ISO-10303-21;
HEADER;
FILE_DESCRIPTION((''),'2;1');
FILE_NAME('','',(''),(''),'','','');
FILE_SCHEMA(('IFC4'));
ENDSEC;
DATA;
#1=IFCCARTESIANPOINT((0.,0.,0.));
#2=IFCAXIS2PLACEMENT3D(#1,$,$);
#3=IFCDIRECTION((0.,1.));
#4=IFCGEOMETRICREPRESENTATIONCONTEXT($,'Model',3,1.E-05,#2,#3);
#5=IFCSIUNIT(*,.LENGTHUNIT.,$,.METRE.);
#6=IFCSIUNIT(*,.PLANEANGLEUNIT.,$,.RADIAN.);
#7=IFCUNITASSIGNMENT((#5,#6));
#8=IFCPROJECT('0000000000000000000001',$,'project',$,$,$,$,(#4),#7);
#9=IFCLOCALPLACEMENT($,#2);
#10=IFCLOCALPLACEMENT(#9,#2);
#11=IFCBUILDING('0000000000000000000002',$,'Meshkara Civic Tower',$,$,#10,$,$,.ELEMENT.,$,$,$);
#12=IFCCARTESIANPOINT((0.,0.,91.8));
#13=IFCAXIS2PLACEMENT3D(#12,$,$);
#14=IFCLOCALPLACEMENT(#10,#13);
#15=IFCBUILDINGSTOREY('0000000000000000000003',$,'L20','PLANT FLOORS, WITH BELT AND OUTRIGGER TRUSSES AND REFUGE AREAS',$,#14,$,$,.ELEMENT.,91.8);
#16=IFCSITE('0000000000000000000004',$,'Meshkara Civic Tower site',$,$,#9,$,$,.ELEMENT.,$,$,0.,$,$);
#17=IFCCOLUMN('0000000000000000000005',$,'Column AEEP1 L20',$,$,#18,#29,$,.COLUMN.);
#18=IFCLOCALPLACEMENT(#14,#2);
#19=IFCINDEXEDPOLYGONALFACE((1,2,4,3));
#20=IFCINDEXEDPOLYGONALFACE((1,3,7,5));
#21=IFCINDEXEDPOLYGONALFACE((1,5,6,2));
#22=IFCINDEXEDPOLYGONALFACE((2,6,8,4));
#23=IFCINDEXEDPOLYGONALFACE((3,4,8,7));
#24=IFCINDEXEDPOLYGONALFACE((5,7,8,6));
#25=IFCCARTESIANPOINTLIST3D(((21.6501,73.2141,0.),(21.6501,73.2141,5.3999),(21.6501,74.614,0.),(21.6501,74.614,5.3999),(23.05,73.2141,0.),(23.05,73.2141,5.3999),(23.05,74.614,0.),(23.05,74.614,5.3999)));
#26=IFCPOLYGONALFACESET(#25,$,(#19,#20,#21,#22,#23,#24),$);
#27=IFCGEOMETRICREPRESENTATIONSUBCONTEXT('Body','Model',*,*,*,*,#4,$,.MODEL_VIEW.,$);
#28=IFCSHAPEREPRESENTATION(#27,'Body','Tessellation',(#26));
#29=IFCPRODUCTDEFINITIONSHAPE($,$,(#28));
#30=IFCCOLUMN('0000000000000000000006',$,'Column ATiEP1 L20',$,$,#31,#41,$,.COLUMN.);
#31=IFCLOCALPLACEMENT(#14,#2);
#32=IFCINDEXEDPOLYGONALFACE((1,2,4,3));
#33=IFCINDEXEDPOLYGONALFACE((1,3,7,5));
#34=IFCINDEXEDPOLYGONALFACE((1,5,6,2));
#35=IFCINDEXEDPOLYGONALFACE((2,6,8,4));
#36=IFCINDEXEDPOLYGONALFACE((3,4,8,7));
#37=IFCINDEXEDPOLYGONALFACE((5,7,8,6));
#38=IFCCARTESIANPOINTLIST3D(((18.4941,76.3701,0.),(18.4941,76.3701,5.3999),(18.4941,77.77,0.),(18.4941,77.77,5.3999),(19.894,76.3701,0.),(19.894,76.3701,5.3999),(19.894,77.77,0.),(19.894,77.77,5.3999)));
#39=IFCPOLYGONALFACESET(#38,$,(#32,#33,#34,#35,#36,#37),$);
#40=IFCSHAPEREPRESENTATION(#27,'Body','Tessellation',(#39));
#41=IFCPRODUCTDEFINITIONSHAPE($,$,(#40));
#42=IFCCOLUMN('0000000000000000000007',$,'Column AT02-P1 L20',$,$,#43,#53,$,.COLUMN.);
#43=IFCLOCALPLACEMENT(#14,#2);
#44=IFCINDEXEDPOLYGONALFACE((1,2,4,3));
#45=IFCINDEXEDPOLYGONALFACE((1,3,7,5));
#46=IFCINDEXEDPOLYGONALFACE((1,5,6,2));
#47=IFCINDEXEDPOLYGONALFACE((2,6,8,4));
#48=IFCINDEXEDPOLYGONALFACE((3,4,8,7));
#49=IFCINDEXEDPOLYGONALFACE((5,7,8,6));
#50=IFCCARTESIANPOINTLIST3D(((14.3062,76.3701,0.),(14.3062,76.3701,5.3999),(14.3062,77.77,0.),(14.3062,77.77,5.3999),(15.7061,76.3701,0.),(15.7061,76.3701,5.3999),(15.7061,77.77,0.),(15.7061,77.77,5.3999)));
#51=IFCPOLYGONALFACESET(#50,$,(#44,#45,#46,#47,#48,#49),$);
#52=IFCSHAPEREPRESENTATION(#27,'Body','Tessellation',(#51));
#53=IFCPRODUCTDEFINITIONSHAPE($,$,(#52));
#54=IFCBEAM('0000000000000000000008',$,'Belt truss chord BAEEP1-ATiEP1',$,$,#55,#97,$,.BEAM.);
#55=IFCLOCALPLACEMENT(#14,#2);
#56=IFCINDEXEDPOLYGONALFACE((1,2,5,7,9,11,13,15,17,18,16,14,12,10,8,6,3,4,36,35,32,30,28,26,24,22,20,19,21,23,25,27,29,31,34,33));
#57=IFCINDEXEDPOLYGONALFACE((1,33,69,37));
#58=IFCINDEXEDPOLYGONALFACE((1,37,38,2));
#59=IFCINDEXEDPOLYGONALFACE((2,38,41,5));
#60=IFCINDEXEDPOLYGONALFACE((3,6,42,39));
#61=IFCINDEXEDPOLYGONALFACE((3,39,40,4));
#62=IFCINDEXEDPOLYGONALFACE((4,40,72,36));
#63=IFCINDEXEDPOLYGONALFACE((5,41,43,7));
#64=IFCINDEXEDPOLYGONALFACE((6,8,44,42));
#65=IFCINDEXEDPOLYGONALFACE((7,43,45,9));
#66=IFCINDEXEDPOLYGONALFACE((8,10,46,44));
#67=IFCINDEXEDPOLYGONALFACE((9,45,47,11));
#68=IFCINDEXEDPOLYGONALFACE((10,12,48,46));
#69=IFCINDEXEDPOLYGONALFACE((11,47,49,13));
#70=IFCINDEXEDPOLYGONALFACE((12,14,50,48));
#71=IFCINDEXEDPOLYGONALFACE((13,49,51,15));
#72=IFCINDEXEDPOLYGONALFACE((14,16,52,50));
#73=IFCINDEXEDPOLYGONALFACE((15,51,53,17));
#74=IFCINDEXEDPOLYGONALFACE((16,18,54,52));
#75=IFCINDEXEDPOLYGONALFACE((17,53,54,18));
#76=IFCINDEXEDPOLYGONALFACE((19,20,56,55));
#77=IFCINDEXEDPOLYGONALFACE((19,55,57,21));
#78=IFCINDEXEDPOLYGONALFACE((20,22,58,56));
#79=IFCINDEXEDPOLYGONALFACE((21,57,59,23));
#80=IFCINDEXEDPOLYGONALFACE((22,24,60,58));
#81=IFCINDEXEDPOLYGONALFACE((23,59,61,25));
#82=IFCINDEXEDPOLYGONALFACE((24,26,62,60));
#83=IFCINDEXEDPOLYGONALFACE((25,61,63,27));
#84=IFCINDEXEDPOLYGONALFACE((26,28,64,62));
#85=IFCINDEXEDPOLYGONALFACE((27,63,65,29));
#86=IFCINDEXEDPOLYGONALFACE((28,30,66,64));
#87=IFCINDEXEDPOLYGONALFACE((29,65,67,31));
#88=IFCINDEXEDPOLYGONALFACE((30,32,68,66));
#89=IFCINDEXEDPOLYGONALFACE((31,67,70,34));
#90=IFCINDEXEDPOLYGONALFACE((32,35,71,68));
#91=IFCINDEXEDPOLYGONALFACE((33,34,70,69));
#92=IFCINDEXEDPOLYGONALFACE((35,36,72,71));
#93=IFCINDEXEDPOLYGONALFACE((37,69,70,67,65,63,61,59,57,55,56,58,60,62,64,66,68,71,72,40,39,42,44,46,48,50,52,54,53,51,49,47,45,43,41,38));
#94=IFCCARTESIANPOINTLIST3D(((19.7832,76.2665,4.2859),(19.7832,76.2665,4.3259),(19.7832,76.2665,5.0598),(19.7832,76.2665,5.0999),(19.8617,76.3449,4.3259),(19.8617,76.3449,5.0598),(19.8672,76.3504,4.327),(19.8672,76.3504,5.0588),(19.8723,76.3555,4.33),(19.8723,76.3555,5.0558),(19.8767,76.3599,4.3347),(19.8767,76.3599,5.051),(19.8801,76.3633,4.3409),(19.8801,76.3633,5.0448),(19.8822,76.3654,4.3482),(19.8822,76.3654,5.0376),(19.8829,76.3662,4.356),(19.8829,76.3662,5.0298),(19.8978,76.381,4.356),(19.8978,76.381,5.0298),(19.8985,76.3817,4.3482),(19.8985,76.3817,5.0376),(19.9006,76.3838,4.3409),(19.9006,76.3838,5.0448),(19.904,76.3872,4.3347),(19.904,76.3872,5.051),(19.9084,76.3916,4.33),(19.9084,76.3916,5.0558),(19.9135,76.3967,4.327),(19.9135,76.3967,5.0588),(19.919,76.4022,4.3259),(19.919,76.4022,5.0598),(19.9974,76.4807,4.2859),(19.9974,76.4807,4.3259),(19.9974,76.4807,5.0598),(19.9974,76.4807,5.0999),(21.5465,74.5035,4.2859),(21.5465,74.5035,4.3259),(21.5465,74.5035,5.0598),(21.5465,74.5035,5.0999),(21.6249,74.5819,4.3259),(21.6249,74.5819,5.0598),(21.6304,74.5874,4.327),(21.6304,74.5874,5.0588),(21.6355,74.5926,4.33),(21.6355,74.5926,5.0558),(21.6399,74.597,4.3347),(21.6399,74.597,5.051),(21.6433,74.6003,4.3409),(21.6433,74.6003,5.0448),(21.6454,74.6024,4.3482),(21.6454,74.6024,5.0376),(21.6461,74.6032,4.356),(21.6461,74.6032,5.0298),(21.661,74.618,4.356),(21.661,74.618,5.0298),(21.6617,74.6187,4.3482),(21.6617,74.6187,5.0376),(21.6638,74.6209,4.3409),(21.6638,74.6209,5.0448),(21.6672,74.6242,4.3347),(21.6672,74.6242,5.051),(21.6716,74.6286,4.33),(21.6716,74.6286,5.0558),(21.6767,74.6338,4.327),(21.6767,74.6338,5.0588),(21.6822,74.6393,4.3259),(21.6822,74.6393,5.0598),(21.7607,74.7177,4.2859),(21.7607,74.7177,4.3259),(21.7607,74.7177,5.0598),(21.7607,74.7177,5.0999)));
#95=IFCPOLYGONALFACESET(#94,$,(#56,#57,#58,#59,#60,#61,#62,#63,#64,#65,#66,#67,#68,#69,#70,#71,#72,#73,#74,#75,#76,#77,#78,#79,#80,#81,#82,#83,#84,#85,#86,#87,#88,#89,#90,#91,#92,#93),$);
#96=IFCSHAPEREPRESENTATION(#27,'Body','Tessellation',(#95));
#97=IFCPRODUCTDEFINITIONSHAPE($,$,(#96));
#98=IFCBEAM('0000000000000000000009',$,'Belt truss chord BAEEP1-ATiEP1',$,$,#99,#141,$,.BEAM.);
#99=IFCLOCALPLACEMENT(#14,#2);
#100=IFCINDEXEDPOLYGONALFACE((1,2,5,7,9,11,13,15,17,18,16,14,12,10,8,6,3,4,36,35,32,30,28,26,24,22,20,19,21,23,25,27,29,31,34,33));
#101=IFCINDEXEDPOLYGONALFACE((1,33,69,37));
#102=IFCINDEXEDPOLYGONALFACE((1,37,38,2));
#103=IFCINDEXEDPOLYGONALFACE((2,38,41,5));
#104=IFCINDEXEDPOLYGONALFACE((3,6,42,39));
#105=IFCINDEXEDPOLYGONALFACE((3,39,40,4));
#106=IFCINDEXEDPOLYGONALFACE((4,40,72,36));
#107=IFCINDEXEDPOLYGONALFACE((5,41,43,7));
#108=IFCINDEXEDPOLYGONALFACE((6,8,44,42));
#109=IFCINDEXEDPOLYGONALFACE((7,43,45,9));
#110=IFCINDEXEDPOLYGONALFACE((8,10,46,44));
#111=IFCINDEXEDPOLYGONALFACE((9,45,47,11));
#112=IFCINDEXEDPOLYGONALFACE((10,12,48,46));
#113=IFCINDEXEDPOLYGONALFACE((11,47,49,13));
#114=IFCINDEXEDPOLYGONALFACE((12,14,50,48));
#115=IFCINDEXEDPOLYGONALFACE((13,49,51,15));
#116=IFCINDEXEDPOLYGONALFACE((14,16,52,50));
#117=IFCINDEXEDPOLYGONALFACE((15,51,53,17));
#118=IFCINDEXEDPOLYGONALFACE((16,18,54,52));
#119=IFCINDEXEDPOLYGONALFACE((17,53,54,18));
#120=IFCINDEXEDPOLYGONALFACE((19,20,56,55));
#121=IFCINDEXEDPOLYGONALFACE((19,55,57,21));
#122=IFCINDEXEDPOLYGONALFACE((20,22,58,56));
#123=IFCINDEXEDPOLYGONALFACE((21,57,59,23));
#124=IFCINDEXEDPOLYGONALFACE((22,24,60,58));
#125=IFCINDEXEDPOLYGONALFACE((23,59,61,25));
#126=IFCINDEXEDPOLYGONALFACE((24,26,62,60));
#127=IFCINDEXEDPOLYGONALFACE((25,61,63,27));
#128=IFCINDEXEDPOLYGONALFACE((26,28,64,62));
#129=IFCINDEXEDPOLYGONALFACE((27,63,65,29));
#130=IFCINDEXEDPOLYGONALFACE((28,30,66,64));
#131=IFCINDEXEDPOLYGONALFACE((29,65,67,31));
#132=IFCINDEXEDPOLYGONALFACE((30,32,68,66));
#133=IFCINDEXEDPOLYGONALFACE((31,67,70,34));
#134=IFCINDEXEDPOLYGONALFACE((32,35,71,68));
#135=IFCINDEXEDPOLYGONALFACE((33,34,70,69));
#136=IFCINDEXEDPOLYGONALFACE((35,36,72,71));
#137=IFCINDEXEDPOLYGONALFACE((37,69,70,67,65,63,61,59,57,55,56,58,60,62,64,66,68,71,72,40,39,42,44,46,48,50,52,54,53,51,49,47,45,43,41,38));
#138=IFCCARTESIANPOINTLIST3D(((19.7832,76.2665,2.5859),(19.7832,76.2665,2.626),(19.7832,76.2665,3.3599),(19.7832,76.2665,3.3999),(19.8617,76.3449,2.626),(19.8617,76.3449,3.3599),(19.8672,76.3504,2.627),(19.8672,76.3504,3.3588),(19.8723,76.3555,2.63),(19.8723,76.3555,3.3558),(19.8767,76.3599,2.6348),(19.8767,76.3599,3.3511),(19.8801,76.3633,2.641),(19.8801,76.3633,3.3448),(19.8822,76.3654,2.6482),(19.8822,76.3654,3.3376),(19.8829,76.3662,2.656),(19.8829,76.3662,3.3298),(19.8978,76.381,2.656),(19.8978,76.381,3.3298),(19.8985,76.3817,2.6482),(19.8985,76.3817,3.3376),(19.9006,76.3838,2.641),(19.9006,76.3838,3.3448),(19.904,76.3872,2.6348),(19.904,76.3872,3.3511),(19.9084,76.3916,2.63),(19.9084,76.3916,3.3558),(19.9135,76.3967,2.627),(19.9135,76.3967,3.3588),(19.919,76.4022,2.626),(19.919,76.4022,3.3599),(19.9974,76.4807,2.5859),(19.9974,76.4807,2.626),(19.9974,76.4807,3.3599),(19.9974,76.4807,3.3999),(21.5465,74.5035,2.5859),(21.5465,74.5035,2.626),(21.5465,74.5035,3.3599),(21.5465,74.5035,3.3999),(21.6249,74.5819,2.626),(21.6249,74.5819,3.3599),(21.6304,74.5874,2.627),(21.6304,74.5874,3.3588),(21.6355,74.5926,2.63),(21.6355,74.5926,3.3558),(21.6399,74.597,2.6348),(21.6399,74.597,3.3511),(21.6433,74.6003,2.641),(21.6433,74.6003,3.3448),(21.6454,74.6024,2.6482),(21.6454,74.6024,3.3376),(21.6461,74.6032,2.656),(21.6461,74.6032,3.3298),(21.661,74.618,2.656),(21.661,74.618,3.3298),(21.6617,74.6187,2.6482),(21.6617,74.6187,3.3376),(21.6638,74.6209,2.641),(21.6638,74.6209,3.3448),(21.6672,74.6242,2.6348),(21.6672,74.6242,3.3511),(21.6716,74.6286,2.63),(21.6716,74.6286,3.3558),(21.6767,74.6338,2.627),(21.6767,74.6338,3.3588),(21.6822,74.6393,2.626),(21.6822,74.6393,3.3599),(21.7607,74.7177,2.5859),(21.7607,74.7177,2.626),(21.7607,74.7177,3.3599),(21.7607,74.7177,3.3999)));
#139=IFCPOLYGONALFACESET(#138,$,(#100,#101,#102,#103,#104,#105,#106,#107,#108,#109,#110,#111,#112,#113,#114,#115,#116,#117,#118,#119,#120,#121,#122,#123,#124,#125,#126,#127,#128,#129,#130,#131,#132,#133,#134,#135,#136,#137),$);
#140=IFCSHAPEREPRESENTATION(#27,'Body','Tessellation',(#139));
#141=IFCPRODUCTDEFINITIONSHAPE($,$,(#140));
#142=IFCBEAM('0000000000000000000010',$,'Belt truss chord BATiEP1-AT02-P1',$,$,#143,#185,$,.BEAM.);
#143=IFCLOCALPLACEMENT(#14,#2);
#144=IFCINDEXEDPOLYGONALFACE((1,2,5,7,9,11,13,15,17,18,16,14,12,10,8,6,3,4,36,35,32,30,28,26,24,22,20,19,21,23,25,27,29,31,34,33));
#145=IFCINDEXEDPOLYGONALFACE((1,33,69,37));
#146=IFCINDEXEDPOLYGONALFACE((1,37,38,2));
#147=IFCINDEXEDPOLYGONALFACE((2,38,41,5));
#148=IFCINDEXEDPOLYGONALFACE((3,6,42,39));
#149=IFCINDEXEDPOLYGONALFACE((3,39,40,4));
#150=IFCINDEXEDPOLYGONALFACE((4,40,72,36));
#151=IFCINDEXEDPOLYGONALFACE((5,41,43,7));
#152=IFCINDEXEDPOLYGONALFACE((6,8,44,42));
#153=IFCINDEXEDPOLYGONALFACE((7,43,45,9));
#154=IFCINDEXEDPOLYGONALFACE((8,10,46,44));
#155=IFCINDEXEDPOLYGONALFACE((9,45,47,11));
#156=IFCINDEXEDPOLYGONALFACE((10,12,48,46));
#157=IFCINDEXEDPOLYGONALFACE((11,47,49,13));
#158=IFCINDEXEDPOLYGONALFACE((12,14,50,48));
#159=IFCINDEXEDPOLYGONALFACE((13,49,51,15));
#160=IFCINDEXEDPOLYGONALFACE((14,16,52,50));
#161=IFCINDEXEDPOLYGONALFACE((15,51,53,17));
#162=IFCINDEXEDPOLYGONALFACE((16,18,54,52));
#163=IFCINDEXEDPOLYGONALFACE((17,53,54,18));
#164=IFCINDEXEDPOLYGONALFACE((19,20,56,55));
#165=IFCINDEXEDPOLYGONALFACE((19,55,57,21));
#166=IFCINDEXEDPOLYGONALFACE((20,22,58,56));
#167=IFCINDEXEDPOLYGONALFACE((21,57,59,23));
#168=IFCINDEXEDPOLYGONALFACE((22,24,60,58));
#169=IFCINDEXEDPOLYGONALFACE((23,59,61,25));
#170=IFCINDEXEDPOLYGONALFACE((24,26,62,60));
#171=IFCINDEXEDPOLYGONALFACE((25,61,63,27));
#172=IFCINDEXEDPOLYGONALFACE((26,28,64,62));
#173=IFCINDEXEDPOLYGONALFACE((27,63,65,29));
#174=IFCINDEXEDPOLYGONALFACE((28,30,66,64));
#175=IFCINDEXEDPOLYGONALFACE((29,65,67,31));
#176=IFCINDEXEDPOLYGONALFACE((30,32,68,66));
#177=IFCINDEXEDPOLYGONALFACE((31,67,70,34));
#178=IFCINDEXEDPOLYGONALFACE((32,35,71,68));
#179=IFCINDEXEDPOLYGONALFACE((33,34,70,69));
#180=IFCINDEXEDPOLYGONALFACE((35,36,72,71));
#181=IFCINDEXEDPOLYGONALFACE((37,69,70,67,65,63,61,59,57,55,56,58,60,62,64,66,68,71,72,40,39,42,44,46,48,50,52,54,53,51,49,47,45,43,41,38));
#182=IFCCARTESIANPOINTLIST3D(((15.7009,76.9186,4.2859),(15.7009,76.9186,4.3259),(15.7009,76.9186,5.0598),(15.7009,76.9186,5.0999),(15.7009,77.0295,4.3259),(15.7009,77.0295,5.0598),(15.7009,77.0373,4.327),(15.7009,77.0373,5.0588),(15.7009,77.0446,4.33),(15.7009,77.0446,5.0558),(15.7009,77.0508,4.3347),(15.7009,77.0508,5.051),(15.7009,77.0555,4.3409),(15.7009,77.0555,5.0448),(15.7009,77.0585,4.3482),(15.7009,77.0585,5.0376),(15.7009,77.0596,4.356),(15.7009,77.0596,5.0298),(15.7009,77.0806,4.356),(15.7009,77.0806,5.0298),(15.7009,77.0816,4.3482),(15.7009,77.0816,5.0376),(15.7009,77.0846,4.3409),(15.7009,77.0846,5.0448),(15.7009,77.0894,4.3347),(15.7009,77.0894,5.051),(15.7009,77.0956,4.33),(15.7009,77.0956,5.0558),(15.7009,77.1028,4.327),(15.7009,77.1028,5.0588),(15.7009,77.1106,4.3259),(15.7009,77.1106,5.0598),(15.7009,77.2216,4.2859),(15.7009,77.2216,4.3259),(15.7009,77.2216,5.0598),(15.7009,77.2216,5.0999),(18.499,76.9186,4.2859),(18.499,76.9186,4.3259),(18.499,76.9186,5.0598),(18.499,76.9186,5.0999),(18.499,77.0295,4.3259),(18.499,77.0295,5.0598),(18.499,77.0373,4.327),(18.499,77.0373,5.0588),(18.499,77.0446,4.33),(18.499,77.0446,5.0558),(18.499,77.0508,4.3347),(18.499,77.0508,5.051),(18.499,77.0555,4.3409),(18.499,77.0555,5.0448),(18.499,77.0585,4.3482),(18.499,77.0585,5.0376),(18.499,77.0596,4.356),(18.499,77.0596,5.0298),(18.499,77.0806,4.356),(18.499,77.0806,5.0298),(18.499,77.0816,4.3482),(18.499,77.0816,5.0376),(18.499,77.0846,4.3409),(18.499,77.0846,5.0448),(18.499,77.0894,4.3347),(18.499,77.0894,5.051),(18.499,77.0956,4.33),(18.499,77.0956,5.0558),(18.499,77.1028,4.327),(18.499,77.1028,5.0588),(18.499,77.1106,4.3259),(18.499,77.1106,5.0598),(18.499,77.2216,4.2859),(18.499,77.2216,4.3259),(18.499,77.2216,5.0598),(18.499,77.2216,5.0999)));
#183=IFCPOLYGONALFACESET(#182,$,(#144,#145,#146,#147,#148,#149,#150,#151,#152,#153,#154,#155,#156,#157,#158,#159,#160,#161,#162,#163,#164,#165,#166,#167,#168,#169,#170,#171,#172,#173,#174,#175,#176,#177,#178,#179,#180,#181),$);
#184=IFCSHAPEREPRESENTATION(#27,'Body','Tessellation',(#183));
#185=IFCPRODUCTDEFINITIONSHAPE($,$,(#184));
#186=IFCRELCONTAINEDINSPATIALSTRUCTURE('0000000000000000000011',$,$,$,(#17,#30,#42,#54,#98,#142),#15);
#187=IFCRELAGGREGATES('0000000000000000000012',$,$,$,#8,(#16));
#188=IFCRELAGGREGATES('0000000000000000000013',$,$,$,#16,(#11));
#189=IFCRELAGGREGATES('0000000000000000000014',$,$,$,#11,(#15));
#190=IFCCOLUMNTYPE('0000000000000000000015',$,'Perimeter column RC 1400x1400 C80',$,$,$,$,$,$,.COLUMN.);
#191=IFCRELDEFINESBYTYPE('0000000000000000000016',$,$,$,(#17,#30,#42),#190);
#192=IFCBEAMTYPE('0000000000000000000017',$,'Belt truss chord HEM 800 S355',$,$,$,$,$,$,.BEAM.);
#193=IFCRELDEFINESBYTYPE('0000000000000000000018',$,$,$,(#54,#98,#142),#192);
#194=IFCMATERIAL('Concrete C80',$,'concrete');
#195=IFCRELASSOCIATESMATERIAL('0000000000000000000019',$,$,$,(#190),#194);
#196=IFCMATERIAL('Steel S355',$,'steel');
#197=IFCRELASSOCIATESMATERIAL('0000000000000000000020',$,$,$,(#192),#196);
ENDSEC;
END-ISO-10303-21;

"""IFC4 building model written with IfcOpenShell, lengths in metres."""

from ifc_helpers import new_model, si_unit, direction, frame, origin, origin_2d, place, context, subcontext, project, spatial, rectangle, i_section, extrude, material, material_profile, profile_set, type_object, element, save


model = new_model("IFC4")

# Units and contexts
model_context = context("Model", 3, precision=1e-05, world=origin(), true_north=direction((0.0, 1.0)))
body_context = subcontext(model_context, "Body", "Model", "MODEL_VIEW")
ifc_project = project(units=[si_unit("LENGTHUNIT", "METRE"), si_unit("PLANEANGLEUNIT", "RADIAN")], contexts=[model_context])

# Site, building, storey
site_placement = place(None, origin())
site = spatial("IfcSite", under=ifc_project, at=site_placement, Name="Meshkara Civic Tower site", CompositionType="ELEMENT", RefElevation=0.0)
building_placement = place(site_placement, origin())
building = spatial("IfcBuilding", under=site, at=building_placement, Name="Meshkara Civic Tower", CompositionType="ELEMENT")
storey_placement = place(building_placement, frame((0.0, 0.0, 91.8)))
storey = spatial("IfcBuildingStorey", under=building, at=storey_placement, Name="L20", Description="PLANT FLOORS, WITH BELT AND OUTRIGGER TRUSSES AND REFUGE AREAS", CompositionType="ELEMENT", Elevation=91.8)

# Columns
ifc_material_1 = material(Name="Concrete C80", Category="concrete")
ifc_material_profile_1 = material_profile(ifc_material_1, rectangle(XDim=1.3999, YDim=1.3999, at=origin_2d()))
ifc_profile_set_1 = profile_set([ifc_material_profile_1], Name="Concrete C80")
column_type = type_object("IfcColumnType", Name="Perimeter column RC 1400x1400 C80", PredefinedType="COLUMN", material=ifc_profile_set_1)
for number, where, z_axis, x_axis, name in (
    (1, (22.3501, 73.9141, 0.0), (0.0, 0.0, 1.0), (1.0, 0.0, 0.0), "Column AEEP1 L20"),
    (2, (19.1941, 77.0701, 0.0), (0.0, 0.0, 1.0), (1.0, 0.0, 0.0), "Column ATiEP1 L20"),
    (3, (15.0061, 77.0701, 0.0), (0.0, 0.0, 1.0), (1.0, 0.0, 0.0), "Column AT02-P1 L20"),
):
    element("IfcColumn", number, at=place(storey_placement, frame(where, z_axis=z_axis, x_axis=x_axis)), inside=storey, type_object=column_type, Name=name, PredefinedType="COLUMN", context=body_context, shape_type="SweptSolid", body=[
        extrude(rectangle(XDim=1.3999, YDim=1.3999, at=origin_2d()), origin(), (0.0, 0.0, 1.0), 5.3999),
    ])

# Beams
ifc_material_2 = material(Name="Steel S355", Category="steel")
ifc_material_profile_2 = material_profile(ifc_material_2, i_section(OverallWidth=0.303, OverallDepth=0.814, WebThickness=0.021, FlangeThickness=0.04, FilletRadius=0.03, at=origin_2d()))
ifc_profile_set_2 = profile_set([ifc_material_profile_2], Name="Steel S355")
beam_type = type_object("IfcBeamType", Name="Belt truss chord HEM 800 S355", PredefinedType="BEAM", material=ifc_profile_set_2)
for number, where, z_axis, x_axis, name in (
    (4, (21.6536, 74.6106, 4.6929), (-0.707156, 0.707058, 0.0), (-0.707058, -0.707156, 0.0), "Belt truss chord BAEEP1-ATiEP1"),
    (5, (21.6536, 74.6106, 2.9929), (-0.707156, 0.707058, 0.0), (-0.707058, -0.707156, 0.0), "Belt truss chord BAEEP1-ATiEP1"),
):
    element("IfcBeam", number, at=place(storey_placement, frame(where, z_axis=z_axis, x_axis=x_axis)), inside=storey, type_object=beam_type, Name=name, PredefinedType="BEAM", context=body_context, shape_type="SweptSolid", body=[
        extrude(i_section(OverallWidth=0.303, OverallDepth=0.814, WebThickness=0.021, FlangeThickness=0.04, FilletRadius=0.03, at=origin_2d()), origin(), (0.0, 0.0, 1.0), 2.4934),
    ])
for number, where, z_axis, x_axis, name in (
    (6, (18.499, 77.0701, 4.6929), (-1.0, 0.0, 0.0), (0.0, -1.0, 0.0), "Belt truss chord BATiEP1-AT02-P1"),
):
    element("IfcBeam", number, at=place(storey_placement, frame(where, z_axis=z_axis, x_axis=x_axis)), inside=storey, type_object=beam_type, Name=name, PredefinedType="BEAM", context=body_context, shape_type="SweptSolid", body=[
        extrude(i_section(OverallWidth=0.303, OverallDepth=0.814, WebThickness=0.021, FlangeThickness=0.04, FilletRadius=0.03, at=origin_2d()), origin(), (0.0, 0.0, 1.0), 2.7981),
    ])

save(model, "model.ifc")
